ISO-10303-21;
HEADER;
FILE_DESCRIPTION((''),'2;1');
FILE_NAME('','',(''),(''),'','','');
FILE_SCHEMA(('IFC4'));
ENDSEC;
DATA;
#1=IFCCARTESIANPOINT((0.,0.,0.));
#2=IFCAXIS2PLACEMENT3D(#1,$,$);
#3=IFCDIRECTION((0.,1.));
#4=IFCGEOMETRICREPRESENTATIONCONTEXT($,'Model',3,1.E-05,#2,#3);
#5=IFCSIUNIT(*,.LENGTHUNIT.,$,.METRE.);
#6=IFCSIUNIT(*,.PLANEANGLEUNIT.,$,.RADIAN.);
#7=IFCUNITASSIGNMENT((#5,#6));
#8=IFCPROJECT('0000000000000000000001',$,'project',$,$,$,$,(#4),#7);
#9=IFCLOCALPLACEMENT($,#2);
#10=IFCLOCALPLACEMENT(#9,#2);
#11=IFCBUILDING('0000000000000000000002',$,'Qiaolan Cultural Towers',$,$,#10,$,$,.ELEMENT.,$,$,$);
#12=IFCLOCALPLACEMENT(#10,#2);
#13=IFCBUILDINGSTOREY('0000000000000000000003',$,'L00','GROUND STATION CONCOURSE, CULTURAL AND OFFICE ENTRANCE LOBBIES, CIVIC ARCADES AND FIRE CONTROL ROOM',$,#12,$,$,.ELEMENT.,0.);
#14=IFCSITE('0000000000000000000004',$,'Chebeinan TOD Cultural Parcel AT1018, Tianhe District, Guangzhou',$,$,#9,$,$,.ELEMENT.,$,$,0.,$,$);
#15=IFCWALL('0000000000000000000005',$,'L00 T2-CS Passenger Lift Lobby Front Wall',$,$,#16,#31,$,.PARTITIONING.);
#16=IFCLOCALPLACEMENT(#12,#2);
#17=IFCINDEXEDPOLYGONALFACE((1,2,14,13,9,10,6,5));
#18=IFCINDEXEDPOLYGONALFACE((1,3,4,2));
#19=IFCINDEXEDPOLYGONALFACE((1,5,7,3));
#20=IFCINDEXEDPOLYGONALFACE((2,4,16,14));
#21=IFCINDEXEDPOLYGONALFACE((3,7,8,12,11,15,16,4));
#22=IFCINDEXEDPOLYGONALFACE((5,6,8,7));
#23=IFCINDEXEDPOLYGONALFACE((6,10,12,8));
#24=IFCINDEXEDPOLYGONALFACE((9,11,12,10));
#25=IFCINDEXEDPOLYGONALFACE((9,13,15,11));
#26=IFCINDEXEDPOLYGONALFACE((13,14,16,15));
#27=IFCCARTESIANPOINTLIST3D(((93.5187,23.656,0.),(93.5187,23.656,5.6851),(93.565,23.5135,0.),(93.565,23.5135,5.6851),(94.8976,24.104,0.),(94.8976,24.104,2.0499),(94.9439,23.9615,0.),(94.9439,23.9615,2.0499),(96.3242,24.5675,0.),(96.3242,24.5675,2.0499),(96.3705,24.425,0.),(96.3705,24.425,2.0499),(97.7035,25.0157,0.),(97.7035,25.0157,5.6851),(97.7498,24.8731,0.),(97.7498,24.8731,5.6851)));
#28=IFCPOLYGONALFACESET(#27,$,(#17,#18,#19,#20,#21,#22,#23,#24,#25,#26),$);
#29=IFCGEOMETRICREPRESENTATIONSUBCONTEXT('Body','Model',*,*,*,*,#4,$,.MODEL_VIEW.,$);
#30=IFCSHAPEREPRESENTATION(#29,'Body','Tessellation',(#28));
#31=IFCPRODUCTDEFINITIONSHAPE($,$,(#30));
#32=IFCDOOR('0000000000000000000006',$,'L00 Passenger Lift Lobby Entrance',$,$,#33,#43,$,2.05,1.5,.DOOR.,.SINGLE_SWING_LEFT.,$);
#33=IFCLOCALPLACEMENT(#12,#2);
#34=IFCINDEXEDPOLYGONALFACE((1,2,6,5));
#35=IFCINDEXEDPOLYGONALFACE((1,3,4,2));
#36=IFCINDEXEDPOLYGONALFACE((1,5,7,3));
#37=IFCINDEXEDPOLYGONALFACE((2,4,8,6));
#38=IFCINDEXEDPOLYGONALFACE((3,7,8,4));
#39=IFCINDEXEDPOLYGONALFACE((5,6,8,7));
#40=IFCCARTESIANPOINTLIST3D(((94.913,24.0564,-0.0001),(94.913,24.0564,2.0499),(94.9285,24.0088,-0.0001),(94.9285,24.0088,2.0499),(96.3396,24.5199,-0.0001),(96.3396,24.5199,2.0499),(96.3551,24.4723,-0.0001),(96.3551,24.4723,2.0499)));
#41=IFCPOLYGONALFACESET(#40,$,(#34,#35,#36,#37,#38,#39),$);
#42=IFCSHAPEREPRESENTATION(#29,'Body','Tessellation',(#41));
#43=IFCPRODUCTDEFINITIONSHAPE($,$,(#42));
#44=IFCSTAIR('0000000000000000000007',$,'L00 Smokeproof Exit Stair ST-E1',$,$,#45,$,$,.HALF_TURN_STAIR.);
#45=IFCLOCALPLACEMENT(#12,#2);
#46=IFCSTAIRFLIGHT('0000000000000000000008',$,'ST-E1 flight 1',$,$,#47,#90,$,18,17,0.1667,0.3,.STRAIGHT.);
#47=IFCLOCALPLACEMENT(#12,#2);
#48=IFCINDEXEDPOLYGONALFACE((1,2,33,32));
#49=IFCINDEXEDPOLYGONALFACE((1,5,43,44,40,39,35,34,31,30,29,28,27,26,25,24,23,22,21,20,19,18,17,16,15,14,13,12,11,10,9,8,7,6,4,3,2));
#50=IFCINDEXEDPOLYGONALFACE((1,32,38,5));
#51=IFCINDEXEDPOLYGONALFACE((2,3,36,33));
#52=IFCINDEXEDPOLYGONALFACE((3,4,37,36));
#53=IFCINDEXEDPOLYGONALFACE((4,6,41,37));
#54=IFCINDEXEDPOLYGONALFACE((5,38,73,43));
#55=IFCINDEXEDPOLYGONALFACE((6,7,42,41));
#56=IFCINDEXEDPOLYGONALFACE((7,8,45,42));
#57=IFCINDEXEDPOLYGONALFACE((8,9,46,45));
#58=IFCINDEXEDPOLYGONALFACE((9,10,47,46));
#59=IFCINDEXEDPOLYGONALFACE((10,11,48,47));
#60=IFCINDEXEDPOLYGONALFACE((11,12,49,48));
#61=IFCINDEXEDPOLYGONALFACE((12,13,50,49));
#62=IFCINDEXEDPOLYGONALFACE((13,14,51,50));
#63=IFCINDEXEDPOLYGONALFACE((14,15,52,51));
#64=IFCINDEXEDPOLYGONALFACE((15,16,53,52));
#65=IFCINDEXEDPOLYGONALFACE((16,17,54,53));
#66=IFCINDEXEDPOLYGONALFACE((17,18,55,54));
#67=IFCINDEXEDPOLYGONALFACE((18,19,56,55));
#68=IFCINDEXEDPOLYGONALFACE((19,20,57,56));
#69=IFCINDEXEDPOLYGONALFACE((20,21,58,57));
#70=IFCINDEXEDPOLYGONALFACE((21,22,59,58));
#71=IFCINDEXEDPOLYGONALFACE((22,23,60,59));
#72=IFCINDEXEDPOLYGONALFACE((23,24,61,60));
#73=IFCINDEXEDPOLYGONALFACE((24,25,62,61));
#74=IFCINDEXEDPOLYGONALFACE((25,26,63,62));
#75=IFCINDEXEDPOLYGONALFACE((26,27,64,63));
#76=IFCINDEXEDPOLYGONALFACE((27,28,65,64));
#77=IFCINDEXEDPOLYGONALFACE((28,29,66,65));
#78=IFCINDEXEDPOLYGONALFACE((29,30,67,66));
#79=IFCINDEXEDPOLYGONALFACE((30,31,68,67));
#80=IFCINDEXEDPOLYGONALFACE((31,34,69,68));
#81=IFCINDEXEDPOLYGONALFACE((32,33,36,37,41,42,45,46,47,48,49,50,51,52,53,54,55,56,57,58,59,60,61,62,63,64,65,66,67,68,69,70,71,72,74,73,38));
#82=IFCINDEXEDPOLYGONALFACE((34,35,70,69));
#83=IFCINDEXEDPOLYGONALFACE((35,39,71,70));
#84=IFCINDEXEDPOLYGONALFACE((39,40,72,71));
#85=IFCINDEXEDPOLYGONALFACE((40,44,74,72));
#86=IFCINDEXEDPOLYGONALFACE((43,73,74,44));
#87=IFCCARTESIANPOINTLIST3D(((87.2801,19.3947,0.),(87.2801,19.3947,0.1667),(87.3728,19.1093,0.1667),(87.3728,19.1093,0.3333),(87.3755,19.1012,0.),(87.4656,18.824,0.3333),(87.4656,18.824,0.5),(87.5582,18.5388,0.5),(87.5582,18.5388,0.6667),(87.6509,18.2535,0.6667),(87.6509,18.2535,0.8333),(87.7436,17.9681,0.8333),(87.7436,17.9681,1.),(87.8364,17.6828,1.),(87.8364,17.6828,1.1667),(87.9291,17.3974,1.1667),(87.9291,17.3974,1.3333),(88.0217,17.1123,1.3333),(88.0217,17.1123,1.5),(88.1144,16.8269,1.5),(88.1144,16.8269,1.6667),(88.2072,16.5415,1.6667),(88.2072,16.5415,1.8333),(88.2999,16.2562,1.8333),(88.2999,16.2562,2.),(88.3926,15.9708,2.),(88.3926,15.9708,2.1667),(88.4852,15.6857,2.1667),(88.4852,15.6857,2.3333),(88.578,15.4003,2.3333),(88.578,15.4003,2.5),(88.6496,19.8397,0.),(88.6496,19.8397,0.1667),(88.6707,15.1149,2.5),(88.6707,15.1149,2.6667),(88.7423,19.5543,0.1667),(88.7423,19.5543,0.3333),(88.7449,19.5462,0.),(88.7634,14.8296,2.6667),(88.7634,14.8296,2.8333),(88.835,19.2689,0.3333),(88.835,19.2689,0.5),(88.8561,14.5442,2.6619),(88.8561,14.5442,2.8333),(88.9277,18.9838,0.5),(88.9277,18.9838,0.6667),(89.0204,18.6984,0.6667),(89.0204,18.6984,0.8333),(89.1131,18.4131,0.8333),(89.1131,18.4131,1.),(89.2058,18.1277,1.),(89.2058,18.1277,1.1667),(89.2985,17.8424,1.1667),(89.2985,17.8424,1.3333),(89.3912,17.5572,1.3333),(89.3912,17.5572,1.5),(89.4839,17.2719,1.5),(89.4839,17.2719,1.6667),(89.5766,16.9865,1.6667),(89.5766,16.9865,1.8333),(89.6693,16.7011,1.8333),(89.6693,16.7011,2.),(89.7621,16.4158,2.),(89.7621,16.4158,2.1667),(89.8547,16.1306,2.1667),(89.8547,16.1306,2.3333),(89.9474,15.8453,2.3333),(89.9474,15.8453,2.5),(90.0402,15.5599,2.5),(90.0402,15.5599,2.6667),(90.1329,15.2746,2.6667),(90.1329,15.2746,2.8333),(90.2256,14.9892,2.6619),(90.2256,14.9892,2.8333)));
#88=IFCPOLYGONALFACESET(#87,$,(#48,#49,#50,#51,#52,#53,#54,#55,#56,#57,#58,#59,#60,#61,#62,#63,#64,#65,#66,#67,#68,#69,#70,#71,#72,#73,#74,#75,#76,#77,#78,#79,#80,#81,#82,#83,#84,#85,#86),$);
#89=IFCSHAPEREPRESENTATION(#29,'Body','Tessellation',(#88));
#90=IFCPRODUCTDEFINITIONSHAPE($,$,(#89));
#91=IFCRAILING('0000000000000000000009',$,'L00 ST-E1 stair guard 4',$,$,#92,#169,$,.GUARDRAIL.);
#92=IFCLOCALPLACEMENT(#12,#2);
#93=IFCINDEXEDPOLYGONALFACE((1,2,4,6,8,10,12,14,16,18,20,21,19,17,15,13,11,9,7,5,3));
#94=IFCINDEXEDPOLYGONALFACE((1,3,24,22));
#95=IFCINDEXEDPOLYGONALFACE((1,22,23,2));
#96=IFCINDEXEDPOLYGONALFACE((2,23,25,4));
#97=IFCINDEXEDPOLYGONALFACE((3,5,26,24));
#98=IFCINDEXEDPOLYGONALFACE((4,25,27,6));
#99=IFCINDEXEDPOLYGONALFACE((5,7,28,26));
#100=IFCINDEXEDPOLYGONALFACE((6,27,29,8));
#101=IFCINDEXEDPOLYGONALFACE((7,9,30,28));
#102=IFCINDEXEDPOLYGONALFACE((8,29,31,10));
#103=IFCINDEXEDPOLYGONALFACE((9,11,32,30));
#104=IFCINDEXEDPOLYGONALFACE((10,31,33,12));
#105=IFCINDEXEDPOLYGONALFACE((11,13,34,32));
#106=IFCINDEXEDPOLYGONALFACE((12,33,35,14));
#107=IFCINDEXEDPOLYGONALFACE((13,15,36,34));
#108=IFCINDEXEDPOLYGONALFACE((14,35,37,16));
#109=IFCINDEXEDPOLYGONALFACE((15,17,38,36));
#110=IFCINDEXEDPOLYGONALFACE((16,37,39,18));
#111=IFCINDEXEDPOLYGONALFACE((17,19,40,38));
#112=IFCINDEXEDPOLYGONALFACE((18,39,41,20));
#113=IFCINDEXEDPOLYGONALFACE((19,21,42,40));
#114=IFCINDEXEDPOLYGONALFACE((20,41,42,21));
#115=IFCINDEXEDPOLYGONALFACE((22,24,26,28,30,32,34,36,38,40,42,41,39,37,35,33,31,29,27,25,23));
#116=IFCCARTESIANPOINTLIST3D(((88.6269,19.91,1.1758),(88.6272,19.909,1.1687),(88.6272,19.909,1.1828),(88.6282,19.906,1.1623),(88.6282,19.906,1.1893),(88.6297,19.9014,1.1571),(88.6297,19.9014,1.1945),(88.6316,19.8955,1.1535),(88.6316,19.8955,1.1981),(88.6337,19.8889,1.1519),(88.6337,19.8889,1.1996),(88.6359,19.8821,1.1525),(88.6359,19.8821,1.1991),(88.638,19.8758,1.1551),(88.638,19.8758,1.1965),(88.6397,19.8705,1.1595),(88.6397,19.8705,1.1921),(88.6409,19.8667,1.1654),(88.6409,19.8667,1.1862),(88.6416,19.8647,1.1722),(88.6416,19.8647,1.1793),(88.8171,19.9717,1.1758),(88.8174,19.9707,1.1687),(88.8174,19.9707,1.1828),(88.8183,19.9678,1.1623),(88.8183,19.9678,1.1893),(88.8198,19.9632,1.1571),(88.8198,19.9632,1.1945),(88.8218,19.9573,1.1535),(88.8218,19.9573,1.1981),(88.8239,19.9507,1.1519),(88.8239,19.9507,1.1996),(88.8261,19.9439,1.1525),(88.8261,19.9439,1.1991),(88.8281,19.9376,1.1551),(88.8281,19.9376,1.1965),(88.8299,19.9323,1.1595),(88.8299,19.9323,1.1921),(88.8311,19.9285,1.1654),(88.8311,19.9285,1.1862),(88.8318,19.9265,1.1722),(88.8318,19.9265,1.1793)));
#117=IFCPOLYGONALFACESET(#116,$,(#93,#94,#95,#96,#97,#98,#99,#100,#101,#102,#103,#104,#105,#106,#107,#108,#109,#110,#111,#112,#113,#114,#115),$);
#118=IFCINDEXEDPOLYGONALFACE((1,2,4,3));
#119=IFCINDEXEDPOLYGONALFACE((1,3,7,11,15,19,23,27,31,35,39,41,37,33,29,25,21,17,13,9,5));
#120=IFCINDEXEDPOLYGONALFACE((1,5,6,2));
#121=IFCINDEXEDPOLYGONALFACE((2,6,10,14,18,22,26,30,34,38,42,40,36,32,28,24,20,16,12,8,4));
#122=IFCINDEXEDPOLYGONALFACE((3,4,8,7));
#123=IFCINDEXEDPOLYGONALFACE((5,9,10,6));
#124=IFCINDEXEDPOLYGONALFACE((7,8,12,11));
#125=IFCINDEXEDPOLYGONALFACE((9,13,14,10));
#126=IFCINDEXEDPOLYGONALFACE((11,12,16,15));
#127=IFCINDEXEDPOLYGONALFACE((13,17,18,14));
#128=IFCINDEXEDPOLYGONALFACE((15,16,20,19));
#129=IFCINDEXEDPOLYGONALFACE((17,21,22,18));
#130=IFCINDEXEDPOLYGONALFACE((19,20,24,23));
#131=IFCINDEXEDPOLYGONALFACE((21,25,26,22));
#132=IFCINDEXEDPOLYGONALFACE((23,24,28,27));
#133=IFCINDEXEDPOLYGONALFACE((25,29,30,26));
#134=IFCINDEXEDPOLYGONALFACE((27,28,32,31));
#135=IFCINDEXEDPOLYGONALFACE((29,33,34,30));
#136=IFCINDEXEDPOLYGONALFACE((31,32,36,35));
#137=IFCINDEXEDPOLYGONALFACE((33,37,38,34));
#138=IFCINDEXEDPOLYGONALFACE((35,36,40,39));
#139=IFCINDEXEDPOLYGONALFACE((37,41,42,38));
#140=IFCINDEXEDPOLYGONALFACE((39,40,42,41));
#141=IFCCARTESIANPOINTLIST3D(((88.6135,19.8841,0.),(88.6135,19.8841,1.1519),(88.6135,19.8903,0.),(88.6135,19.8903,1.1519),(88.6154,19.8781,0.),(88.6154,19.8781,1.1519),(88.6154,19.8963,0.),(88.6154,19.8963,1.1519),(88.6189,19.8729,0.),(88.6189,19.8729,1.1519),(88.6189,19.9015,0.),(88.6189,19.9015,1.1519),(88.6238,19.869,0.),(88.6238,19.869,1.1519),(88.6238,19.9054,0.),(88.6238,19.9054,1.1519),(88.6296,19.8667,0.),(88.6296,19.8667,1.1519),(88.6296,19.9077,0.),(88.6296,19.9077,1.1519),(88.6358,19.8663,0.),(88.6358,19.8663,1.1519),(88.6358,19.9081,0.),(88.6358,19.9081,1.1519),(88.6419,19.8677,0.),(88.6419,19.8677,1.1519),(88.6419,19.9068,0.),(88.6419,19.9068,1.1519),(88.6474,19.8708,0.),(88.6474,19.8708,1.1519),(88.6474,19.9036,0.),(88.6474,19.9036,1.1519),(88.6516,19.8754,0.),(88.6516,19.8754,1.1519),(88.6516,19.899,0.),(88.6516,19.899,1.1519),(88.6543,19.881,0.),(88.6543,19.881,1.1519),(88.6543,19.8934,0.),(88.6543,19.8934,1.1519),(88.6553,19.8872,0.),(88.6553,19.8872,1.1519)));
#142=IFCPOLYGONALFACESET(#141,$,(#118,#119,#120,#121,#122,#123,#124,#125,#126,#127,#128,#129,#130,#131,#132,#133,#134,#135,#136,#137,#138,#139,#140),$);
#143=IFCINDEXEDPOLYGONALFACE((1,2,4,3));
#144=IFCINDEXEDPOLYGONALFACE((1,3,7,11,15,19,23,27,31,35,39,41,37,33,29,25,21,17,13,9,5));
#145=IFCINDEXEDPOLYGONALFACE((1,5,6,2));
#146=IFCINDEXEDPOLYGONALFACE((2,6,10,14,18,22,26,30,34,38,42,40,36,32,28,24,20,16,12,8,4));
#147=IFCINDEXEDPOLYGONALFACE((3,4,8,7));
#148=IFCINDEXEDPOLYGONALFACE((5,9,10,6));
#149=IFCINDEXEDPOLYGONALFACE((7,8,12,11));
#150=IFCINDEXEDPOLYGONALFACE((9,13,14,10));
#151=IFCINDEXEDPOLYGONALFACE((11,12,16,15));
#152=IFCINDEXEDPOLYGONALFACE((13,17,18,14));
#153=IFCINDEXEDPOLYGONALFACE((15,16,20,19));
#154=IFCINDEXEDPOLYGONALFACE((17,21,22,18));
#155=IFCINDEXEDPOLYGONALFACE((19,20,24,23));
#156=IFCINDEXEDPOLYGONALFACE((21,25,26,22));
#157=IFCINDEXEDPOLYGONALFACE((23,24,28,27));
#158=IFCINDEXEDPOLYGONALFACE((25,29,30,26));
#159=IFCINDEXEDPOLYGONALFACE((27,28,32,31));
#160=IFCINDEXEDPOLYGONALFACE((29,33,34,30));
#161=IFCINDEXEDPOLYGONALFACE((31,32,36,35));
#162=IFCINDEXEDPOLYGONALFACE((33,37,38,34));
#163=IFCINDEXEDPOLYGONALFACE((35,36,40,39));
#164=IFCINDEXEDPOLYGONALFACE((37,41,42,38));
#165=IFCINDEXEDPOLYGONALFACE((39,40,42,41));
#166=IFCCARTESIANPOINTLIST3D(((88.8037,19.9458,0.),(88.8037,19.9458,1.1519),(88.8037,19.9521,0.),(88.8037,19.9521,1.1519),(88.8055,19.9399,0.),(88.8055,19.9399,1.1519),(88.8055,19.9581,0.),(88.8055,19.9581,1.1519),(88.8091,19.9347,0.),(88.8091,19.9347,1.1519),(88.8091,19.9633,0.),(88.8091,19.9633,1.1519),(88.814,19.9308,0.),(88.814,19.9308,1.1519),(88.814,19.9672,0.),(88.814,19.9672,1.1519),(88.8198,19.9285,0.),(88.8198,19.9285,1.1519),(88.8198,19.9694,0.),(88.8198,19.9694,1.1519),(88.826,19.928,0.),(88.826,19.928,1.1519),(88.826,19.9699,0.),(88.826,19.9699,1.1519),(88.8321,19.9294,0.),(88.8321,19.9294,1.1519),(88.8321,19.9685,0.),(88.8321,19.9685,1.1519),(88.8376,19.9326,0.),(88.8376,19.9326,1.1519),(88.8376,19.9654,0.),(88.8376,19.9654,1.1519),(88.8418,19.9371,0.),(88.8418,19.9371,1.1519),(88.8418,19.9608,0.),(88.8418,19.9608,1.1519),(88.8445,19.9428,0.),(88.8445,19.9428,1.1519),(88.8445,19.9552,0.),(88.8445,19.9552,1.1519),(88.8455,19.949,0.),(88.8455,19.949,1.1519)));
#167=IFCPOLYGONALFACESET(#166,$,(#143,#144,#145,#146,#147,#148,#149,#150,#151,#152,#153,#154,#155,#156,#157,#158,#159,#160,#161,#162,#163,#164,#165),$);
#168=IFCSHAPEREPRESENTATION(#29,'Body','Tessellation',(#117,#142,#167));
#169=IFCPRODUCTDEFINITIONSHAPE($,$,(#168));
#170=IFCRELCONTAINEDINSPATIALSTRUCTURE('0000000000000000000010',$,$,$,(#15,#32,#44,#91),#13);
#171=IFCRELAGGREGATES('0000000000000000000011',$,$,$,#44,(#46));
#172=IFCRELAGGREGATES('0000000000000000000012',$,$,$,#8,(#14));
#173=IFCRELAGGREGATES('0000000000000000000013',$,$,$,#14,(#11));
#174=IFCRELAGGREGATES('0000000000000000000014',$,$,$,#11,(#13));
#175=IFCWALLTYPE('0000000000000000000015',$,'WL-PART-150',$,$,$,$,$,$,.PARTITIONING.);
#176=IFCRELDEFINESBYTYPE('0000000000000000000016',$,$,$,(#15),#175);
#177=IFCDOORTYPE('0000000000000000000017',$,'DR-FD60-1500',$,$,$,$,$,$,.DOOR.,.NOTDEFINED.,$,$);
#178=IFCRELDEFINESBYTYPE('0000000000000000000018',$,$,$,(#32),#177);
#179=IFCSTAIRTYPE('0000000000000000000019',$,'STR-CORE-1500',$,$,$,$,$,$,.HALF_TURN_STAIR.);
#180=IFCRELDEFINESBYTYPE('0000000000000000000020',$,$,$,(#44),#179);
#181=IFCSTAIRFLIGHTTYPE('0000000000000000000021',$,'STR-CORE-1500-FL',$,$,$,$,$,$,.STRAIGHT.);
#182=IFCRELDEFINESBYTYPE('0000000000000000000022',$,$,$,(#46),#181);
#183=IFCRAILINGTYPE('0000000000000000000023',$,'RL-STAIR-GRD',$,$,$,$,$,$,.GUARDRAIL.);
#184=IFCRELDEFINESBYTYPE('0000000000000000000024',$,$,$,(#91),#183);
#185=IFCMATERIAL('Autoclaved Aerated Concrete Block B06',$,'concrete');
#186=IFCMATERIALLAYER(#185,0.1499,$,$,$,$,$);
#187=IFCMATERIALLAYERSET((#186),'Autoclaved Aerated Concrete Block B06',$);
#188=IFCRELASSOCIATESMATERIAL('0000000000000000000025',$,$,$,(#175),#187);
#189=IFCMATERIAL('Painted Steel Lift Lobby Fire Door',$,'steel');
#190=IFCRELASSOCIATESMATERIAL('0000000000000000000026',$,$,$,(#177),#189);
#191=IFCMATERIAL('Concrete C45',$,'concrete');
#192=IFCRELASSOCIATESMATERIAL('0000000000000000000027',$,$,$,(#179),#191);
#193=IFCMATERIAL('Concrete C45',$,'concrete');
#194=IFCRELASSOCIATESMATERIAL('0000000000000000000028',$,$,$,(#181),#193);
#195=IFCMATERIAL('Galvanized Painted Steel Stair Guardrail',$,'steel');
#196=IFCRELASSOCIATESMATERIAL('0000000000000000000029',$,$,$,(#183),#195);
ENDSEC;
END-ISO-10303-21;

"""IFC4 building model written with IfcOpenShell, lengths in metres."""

from ifc_helpers import new_model, si_unit, direction, frame, frame_2d, origin, origin_2d, place, context, subcontext, project, spatial, polyline, rectangle, circle, outline, extrude, material, layer, layer_set, type_object, element, fill, aggregate, save


model = new_model("IFC4")

# Units and contexts
model_context = context("Model", 3, precision=1e-05, world=origin(), true_north=direction((0.0, 1.0)))
body_context = subcontext(model_context, "Body", "Model", "MODEL_VIEW")
ifc_project = project(units=[si_unit("LENGTHUNIT", "METRE"), si_unit("PLANEANGLEUNIT", "RADIAN")], contexts=[model_context])

# Site, building, storey
site_placement = place(None, origin())
site = spatial("IfcSite", under=ifc_project, at=site_placement, Name="Chebeinan TOD Cultural Parcel AT1018, Tianhe District, Guangzhou", CompositionType="ELEMENT", RefElevation=0.0)
building_placement = place(site_placement, origin())
building = spatial("IfcBuilding", under=site, at=building_placement, Name="Qiaolan Cultural Towers", CompositionType="ELEMENT")
storey_placement = place(building_placement, origin())
storey = spatial("IfcBuildingStorey", under=building, at=storey_placement, Name="L00", Description="GROUND STATION CONCOURSE, CULTURAL AND OFFICE ENTRANCE LOBBIES, CIVIC ARCADES AND FIRE CONTROL ROOM", CompositionType="ELEMENT", Elevation=0.0)

# Wall, opening, door
ifc_material_1 = material(Name="Autoclaved Aerated Concrete Block B06", Category="concrete")
ifc_layer_1 = layer(ifc_material_1, 0.1499)
ifc_layer_set_1 = layer_set([ifc_layer_1], Name="Autoclaved Aerated Concrete Block B06")
wall_type_1 = type_object("IfcWallType", Name="WL-PART-150", PredefinedType="PARTITIONING", material=ifc_layer_set_1)
wall_1_placement = place(storey_placement, frame((93.5417, 23.5847, 0.0), z_axis=(0.0, 0.0, 1.0), x_axis=(0.951064, 0.308994, 0.0)))
wall_1 = element("IfcWall", 1, at=wall_1_placement, inside=storey, type_object=wall_type_1, Name="L00 T2-CS Passenger Lift Lobby Front Wall", PredefinedType="PARTITIONING", context=body_context, shape_type="SweptSolid", body=[
    extrude(rectangle(XDim=4.4001, YDim=0.1499, at=frame_2d((2.2002, 0.0))), origin(), (0.0, 0.0, 1.0), 5.6851),
])
opening_1_placement = place(wall_1_placement, frame((1.45, 0.0, 0.0)))
opening_1 = element("IfcOpeningElement", 2, at=opening_1_placement, cuts=wall_1, PredefinedType="OPENING", context=body_context, shape_type="SweptSolid", body=[
    extrude(rectangle(XDim=1.5, YDim=2.05, at=frame_2d((0.75, 1.0249))), frame((0.0, 0.085, 0.0), z_axis=(0.0, -1.0, 0.0), x_axis=(1.0, 0.0, 0.0)), (0.0, 0.0, 1.0), 0.1699),
])
ifc_material_2 = material(Name="Painted Steel Lift Lobby Fire Door", Category="steel")
door_type_1 = type_object("IfcDoorType", Name="DR-FD60-1500", OperationType="NOTDEFINED", PredefinedType="DOOR", material=ifc_material_2)
door_1_placement = place(opening_1_placement, origin())
door_1 = element("IfcDoor", 3, at=door_1_placement, inside=storey, type_object=door_type_1, Name="L00 Passenger Lift Lobby Entrance", OperationType="SINGLE_SWING_LEFT", OverallHeight=2.05, OverallWidth=1.5, PredefinedType="DOOR", context=body_context, shape_type="SweptSolid", body=[
    extrude(rectangle(XDim=1.5, YDim=2.05, at=frame_2d((0.75, 1.0249))), frame((0.0, 0.0249, 0.0), z_axis=(0.0, -1.0, 0.0), x_axis=(1.0, 0.0, 0.0)), (0.0, 0.0, 1.0), 0.05),
])
fill(opening_1, door_1)

# Stair, stair flight
ifc_material_3 = material(Name="Concrete C45", Category="concrete")
stair_type = type_object("IfcStairType", Name="STR-CORE-1500", PredefinedType="HALF_TURN_STAIR", material=ifc_material_3)
stair_placement = place(storey_placement, origin())
stair = element("IfcStair", 4, at=stair_placement, inside=storey, type_object=stair_type, Name="L00 Smokeproof Exit Stair ST-E1", PredefinedType="HALF_TURN_STAIR")
ifc_material_4 = material(Name="Concrete C45", Category="concrete")
stair_flight_type = type_object("IfcStairFlightType", Name="STR-CORE-1500-FL", PredefinedType="STRAIGHT", material=ifc_material_4)
stair_flight_placement = place(storey_placement, frame((87.9648, 19.6172, 0.0), z_axis=(0.0, 0.0, 1.0), x_axis=(0.309017, -0.951057, 0.0)))
stair_flight = element("IfcStairFlight", 5, at=stair_flight_placement, type_object=stair_flight_type, Name="ST-E1 flight 1", NumberOfRisers=18, NumberOfTreads=17, PredefinedType="STRAIGHT", RiserHeight=0.1667, TreadLength=0.3, context=body_context, shape_type="SweptSolid", body=[
    extrude(outline(polyline([(0.0, 0.0), (0.0, 0.1667), (0.3, 0.1667), (0.3, 0.3333), (0.6001, 0.3333), (0.6001, 0.5), (0.8999, 0.5), (0.8999, 0.6667), (1.2, 0.6667), (1.2, 0.8333), (1.5, 0.8333), (1.5, 1.0), (1.8, 1.0), (1.8, 1.1667), (2.1001, 1.1667), (2.1001, 1.3333), (2.3999, 1.3333), (2.3999, 1.5), (2.7, 1.5), (2.7, 1.6667), (3.0, 1.6667), (3.0, 1.8333), (3.3, 1.8333), (3.3, 2.0), (3.6001, 2.0), (3.6001, 2.1667), (3.8999, 2.1667), (3.8999, 2.3333), (4.2, 2.3333), (4.2, 2.5), (4.5, 2.5), (4.5, 2.6667), (4.8, 2.6667), (4.8, 2.8333), (5.1001, 2.8333), (5.1001, 3.0), (5.1001, 2.6619), (0.3086, 0.0), (0.0, 0.0)])), frame((0.0, 0.72, 0.0), z_axis=(0.0, -1.0, 0.0), x_axis=(1.0, 0.0, 0.0)), (0.0, 0.0, 1.0), 1.4399),
])
aggregate(stair, [stair_flight])

# Railing
ifc_material_5 = material(Name="Galvanized Painted Steel Stair Guardrail", Category="steel")
railing_type = type_object("IfcRailingType", Name="RL-STAIR-GRD", PredefinedType="GUARDRAIL", material=ifc_material_5)
railing_1_placement = place(storey_placement, frame((88.6343, 19.8872, 0.0)))
element("IfcRailing", 6, at=railing_1_placement, inside=storey, type_object=railing_type, Name="L00 ST-E1 stair guard 4", PredefinedType="GUARDRAIL", context=body_context, shape_type="SweptSolid", body=[
    extrude(circle(Radius=0.0239, at=origin_2d()), frame((0.0, 0.0, 1.1758), z_axis=(0.951097, 0.308893, 0.0), x_axis=(-0.308893, 0.951097, 0.0)), (0.0, 0.0, 1.0), 0.2),
    extrude(circle(Radius=0.021, at=origin_2d()), origin(), (0.0, 0.0, 1.0), 1.1519),
    extrude(circle(Radius=0.021, at=origin_2d()), frame((0.1902, 0.0618, 0.0)), (0.0, 0.0, 1.0), 1.1519),
])

save(model, "model.ifc")
